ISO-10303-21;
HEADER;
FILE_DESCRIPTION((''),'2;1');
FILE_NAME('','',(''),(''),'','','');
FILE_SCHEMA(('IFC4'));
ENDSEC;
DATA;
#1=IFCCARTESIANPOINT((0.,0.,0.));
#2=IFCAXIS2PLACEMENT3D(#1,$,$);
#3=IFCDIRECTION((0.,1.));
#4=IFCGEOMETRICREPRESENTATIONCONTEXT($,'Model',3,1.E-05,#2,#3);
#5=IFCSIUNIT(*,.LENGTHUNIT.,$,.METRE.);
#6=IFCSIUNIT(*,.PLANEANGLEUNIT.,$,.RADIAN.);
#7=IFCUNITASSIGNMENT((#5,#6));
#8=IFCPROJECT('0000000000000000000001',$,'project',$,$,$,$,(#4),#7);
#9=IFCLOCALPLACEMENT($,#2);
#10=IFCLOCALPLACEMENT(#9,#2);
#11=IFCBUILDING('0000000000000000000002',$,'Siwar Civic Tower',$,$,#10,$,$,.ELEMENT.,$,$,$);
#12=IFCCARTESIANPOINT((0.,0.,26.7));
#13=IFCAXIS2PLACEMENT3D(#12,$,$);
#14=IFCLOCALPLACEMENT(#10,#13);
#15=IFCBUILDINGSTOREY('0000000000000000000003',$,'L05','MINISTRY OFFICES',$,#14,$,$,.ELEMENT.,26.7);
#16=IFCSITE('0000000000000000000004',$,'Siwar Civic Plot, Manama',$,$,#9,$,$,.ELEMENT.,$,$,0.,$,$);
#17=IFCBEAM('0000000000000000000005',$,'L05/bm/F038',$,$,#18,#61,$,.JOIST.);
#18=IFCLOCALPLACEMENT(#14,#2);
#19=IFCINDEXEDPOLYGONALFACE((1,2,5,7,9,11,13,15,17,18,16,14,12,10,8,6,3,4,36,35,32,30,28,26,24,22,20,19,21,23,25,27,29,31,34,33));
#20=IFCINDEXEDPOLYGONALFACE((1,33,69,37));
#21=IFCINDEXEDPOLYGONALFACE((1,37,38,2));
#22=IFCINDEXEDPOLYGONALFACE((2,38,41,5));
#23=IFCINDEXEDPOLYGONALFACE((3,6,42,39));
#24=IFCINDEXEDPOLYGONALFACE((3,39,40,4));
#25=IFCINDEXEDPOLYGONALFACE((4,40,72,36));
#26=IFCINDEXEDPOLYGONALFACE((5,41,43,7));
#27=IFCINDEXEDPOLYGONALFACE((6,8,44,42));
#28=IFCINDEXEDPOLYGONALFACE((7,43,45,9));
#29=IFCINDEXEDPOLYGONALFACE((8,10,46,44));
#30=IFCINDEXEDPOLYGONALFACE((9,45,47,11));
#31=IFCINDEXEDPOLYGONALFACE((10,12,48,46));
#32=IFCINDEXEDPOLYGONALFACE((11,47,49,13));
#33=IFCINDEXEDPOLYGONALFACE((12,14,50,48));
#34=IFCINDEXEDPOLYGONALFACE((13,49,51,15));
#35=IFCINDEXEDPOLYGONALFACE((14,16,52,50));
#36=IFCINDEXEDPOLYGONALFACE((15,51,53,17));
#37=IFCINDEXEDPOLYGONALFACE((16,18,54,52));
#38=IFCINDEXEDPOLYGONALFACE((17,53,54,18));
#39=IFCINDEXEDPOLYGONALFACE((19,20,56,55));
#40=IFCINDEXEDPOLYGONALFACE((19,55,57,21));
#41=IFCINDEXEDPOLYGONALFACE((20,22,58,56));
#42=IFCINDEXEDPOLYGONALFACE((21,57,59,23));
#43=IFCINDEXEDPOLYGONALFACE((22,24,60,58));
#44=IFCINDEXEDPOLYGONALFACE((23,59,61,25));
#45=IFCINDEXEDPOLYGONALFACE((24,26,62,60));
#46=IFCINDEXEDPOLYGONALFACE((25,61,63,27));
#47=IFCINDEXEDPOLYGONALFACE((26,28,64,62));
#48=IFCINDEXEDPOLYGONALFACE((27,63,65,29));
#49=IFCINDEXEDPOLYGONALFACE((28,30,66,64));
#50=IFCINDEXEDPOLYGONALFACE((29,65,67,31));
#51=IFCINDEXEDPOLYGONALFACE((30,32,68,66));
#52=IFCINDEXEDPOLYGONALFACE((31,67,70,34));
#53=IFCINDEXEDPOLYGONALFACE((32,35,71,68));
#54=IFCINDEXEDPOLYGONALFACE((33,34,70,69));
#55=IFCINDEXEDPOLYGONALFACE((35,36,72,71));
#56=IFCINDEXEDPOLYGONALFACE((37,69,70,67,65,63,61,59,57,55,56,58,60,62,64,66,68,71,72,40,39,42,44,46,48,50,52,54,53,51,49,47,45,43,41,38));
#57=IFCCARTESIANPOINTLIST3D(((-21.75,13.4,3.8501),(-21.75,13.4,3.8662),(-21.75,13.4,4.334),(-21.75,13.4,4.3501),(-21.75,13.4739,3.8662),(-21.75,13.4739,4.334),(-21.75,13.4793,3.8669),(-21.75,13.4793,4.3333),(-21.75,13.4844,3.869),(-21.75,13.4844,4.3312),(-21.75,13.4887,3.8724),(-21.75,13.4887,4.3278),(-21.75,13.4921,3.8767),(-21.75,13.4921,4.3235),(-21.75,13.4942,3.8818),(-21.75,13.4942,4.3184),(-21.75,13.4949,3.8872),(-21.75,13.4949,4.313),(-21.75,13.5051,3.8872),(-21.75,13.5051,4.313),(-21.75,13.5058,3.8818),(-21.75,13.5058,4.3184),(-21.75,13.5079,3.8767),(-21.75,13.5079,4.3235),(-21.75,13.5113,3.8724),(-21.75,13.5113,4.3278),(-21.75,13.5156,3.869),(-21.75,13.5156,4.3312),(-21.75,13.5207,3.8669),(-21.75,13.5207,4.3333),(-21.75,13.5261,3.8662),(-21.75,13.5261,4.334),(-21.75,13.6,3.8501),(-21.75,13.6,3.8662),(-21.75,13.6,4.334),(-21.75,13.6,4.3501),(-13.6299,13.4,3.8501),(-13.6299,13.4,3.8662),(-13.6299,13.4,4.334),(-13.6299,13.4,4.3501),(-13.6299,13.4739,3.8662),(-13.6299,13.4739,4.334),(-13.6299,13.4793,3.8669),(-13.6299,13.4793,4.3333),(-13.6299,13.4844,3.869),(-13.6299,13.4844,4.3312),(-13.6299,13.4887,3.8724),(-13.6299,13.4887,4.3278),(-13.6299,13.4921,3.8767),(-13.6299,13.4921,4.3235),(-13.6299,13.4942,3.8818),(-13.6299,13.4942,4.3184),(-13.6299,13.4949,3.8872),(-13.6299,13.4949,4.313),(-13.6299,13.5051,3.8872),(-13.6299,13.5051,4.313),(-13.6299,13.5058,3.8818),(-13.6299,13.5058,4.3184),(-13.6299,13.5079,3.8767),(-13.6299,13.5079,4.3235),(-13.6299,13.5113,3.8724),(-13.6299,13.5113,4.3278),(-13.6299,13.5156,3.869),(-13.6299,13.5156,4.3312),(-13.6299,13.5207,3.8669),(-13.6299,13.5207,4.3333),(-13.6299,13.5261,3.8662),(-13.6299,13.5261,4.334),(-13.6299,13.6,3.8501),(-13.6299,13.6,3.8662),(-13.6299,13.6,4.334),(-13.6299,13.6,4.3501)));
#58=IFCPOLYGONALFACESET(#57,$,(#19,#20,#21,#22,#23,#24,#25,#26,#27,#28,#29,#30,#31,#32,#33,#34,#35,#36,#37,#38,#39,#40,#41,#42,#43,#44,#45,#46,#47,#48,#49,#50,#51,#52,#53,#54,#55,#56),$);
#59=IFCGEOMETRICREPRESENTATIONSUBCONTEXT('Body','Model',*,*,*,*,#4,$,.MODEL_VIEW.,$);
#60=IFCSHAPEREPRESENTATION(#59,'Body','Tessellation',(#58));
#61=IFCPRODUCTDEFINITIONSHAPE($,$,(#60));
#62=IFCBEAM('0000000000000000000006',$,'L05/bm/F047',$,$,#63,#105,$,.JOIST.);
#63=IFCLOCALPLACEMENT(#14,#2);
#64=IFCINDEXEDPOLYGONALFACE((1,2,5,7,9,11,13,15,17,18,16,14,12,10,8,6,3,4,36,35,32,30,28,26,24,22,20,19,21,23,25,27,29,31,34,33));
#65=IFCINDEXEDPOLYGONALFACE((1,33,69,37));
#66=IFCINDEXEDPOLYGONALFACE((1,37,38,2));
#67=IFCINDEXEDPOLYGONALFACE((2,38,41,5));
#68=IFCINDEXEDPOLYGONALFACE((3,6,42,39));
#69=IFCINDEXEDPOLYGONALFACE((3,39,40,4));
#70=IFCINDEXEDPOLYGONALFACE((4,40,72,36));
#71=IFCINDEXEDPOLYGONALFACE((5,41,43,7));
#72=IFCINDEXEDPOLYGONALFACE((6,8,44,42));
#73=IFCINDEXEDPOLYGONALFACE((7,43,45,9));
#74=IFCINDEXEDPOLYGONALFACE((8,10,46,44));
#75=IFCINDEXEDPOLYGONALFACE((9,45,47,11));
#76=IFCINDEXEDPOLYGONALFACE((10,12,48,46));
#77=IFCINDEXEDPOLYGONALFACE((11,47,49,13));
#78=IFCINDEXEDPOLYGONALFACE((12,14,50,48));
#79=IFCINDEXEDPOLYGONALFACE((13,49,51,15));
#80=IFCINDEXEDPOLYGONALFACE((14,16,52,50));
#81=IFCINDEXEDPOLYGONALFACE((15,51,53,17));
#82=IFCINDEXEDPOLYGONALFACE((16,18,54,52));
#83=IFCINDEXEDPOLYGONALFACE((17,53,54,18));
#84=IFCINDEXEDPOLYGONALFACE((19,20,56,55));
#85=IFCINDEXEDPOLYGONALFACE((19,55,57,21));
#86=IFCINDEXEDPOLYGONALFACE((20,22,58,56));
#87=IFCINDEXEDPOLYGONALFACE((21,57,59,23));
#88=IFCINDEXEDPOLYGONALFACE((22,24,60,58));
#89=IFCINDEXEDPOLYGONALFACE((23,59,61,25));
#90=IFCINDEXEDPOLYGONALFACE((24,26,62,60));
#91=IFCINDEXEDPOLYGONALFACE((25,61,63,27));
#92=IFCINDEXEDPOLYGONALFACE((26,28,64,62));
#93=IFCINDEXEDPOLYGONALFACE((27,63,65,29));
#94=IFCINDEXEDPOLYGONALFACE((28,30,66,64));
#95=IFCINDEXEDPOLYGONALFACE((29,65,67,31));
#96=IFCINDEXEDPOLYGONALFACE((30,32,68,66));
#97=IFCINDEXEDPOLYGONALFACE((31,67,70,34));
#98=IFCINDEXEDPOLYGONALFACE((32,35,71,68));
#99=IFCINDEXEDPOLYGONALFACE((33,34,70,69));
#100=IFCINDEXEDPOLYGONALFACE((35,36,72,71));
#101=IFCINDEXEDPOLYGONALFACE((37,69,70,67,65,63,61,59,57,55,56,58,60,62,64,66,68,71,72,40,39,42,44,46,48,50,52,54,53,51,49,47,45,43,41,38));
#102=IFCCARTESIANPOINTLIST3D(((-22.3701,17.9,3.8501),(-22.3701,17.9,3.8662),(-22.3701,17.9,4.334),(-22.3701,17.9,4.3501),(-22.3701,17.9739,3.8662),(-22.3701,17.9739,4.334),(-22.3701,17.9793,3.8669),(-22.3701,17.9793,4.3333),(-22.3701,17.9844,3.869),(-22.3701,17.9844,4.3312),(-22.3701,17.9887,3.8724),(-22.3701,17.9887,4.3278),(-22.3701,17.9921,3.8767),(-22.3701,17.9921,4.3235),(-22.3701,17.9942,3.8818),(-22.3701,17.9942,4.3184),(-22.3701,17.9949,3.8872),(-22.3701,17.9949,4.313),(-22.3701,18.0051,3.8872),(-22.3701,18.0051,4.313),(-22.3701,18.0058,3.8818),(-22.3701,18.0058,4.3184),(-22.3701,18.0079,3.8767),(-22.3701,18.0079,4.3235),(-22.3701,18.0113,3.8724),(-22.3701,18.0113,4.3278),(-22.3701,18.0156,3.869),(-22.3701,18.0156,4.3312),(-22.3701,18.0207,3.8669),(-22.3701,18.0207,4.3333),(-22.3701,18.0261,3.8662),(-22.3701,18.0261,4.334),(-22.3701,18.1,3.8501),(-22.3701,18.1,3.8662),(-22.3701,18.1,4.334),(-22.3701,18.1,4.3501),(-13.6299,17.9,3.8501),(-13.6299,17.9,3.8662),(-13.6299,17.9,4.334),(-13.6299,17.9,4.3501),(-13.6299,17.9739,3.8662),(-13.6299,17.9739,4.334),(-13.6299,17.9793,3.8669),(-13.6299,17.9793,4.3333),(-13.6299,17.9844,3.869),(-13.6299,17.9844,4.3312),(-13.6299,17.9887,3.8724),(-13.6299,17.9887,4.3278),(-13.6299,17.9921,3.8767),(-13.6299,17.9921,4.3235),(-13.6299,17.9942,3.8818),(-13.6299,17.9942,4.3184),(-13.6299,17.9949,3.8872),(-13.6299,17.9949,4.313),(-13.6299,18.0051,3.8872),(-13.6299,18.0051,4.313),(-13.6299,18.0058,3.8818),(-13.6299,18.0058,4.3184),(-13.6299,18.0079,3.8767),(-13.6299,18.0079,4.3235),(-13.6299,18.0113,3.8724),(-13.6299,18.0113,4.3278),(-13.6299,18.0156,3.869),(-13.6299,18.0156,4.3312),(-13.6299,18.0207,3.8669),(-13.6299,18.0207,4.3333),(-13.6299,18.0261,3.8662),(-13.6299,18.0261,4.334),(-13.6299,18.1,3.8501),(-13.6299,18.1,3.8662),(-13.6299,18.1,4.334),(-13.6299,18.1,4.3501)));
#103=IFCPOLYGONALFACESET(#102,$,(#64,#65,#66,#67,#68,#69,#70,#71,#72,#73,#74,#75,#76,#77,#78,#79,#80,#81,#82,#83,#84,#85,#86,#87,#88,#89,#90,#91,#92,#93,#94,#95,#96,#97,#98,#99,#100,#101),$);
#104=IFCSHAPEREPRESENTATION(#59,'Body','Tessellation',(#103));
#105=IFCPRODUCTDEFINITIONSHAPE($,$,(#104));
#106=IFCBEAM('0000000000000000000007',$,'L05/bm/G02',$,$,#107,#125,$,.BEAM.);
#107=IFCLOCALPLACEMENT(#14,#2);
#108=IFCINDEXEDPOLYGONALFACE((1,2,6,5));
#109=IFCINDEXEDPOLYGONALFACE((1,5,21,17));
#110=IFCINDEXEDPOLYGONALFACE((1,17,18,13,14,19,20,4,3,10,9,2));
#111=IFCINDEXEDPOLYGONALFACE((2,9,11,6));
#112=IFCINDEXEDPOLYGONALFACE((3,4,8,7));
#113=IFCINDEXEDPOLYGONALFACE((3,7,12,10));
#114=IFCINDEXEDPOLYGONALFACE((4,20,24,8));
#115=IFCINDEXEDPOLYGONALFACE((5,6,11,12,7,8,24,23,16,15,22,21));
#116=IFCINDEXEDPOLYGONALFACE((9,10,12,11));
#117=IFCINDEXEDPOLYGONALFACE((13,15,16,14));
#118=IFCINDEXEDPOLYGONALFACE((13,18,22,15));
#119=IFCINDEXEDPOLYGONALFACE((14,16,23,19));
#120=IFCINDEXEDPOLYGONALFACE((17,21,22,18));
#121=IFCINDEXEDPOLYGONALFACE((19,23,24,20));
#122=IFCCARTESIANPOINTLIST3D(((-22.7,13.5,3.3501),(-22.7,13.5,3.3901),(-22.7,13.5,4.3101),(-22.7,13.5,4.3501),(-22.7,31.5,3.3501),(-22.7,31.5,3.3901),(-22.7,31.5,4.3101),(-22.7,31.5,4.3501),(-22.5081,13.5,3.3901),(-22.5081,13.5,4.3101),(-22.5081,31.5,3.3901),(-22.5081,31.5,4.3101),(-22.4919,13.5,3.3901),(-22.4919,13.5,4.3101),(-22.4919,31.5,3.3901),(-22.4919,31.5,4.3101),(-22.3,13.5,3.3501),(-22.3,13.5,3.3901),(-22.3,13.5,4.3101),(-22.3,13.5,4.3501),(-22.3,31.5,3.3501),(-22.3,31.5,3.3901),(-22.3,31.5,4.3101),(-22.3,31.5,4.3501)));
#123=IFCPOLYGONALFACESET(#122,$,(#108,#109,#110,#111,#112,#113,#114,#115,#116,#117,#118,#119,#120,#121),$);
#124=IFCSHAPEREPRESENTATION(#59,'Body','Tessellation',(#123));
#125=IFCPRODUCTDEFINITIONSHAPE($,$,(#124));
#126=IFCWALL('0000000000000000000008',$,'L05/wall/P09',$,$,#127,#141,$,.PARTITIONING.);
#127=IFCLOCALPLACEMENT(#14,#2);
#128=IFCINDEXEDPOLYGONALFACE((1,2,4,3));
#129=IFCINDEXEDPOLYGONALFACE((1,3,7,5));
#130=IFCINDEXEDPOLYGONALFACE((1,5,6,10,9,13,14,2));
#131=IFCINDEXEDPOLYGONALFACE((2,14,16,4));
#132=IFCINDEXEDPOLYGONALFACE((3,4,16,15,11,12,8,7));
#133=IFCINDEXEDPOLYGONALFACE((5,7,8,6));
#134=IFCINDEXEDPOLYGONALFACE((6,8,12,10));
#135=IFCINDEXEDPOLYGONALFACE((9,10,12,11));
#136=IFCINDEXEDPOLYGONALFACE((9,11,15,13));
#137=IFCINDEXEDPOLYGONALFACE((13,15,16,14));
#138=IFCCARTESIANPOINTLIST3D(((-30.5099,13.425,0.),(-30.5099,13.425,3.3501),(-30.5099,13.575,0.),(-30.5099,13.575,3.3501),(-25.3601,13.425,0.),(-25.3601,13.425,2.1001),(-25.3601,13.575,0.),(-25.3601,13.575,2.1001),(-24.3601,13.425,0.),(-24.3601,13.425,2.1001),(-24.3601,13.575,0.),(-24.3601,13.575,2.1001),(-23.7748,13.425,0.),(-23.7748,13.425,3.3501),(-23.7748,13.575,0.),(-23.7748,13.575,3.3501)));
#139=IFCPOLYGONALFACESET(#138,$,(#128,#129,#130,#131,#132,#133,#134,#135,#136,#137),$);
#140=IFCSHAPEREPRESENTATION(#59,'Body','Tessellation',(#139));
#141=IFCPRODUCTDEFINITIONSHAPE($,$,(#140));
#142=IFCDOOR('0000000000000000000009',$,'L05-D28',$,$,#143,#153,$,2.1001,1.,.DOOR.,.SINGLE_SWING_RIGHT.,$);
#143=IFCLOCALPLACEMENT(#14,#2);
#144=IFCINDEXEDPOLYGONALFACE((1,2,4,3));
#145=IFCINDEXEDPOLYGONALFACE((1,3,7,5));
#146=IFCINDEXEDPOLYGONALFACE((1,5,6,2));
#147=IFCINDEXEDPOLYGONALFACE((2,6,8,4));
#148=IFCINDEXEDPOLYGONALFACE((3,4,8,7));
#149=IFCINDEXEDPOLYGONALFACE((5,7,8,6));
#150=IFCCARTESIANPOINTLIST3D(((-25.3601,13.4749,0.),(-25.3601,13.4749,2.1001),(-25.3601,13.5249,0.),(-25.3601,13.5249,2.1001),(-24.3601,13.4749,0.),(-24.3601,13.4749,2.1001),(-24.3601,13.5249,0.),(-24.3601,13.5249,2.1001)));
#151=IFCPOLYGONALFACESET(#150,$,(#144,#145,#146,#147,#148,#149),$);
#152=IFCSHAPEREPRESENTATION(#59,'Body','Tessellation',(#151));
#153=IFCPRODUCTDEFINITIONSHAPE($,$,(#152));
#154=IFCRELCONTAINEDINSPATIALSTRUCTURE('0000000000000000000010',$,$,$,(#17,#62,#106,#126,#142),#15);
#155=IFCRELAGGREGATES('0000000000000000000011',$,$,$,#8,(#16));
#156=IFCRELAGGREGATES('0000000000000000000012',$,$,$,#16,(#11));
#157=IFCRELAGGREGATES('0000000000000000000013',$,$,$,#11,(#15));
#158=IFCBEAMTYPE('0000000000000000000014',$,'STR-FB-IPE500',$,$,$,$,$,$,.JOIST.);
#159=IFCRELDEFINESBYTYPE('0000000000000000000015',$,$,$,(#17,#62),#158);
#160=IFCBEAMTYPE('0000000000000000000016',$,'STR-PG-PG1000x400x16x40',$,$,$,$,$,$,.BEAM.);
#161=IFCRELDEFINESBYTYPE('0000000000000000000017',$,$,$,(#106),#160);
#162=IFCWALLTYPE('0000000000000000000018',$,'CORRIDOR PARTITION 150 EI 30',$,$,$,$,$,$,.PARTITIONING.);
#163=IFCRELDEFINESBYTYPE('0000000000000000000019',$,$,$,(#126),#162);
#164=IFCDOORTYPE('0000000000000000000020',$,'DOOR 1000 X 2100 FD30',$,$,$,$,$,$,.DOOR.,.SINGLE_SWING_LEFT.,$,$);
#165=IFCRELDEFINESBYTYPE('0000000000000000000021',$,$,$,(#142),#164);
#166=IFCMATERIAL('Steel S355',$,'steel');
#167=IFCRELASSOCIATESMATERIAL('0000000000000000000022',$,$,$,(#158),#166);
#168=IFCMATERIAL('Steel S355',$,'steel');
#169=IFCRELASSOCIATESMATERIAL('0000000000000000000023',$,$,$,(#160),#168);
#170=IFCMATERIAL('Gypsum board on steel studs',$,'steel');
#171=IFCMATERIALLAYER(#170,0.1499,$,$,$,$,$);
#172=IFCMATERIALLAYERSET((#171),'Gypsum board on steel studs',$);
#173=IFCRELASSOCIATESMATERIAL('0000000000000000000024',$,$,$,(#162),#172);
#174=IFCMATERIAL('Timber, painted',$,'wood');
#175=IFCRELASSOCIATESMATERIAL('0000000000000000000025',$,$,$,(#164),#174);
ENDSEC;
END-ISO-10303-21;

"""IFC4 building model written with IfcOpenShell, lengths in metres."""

from ifc_helpers import new_model, si_unit, direction, frame, frame_2d, origin, origin_2d, place, context, subcontext, project, spatial, rectangle, i_section, extrude, material, layer, layer_set, material_profile, profile_set, type_object, element, fill, save


model = new_model("IFC4")

# Units and contexts
model_context = context("Model", 3, precision=1e-05, world=origin(), true_north=direction((0.0, 1.0)))
body_context = subcontext(model_context, "Body", "Model", "MODEL_VIEW")
ifc_project = project(units=[si_unit("LENGTHUNIT", "METRE"), si_unit("PLANEANGLEUNIT", "RADIAN")], contexts=[model_context])

# Site, building, storey
site_placement = place(None, origin())
site = spatial("IfcSite", under=ifc_project, at=site_placement, Name="Siwar Civic Plot, Manama", CompositionType="ELEMENT", RefElevation=0.0)
building_placement = place(site_placement, origin())
building = spatial("IfcBuilding", under=site, at=building_placement, Name="Siwar Civic Tower", CompositionType="ELEMENT")
storey_placement = place(building_placement, frame((0.0, 0.0, 26.7)))
storey = spatial("IfcBuildingStorey", under=building, at=storey_placement, Name="L05", Description="MINISTRY OFFICES", CompositionType="ELEMENT", Elevation=26.7)

# Beams
ifc_material_1 = material(Name="Steel S355", Category="steel")
ifc_material_profile_1 = material_profile(ifc_material_1, i_section(OverallWidth=0.2, OverallDepth=0.5, WebThickness=0.0103, FlangeThickness=0.0161, FilletRadius=0.021, at=origin_2d()), Name="IPE500")
ifc_profile_set_1 = profile_set([ifc_material_profile_1], Name="Steel S355")
beam_type_1 = type_object("IfcBeamType", Name="STR-FB-IPE500", PredefinedType="JOIST", material=ifc_profile_set_1)
beam_1_placement = place(storey_placement, frame((-21.75, 13.5, 4.1001), z_axis=(1.0, 0.0, 0.0), x_axis=(0.0, 1.0, 0.0)))
element("IfcBeam", 1, at=beam_1_placement, inside=storey, type_object=beam_type_1, Name="L05/bm/F038", PredefinedType="JOIST", context=body_context, shape_type="SweptSolid", body=[
    extrude(i_section(OverallWidth=0.2, OverallDepth=0.5, WebThickness=0.0103, FlangeThickness=0.0161, FilletRadius=0.021, at=origin_2d()), origin(), (0.0, 0.0, 1.0), 8.1201),
])
beam_2_placement = place(storey_placement, frame((-22.3701, 18.0, 4.1001), z_axis=(1.0, 0.0, 0.0), x_axis=(0.0, 1.0, 0.0)))
element("IfcBeam", 2, at=beam_2_placement, inside=storey, type_object=beam_type_1, Name="L05/bm/F047", PredefinedType="JOIST", context=body_context, shape_type="SweptSolid", body=[
    extrude(i_section(OverallWidth=0.2, OverallDepth=0.5, WebThickness=0.0103, FlangeThickness=0.0161, FilletRadius=0.021, at=origin_2d()), origin(), (0.0, 0.0, 1.0), 8.7402),
])
ifc_material_2 = material(Name="Steel S355", Category="steel")
ifc_material_profile_2 = material_profile(ifc_material_2, i_section(OverallWidth=0.3999, OverallDepth=1.0, WebThickness=0.0161, FlangeThickness=0.04, at=origin_2d()), Name="PG1000x400x16x40")
ifc_profile_set_2 = profile_set([ifc_material_profile_2], Name="Steel S355")
beam_type_2 = type_object("IfcBeamType", Name="STR-PG-PG1000x400x16x40", PredefinedType="BEAM", material=ifc_profile_set_2)
beam_3_placement = place(storey_placement, frame((-22.5, 13.5, 3.8501), z_axis=(0.0, 1.0, 0.0), x_axis=(-1.0, 0.0, 0.0)))
element("IfcBeam", 3, at=beam_3_placement, inside=storey, type_object=beam_type_2, Name="L05/bm/G02", PredefinedType="BEAM", context=body_context, shape_type="SweptSolid", body=[
    extrude(i_section(OverallWidth=0.3999, OverallDepth=1.0, WebThickness=0.0161, FlangeThickness=0.04, at=origin_2d()), origin(), (0.0, 0.0, 1.0), 18.0),
])

# Wall, opening, door
ifc_material_3 = material(Name="Gypsum board on steel studs", Category="steel")
ifc_layer_1 = layer(ifc_material_3, 0.1499)
ifc_layer_set_1 = layer_set([ifc_layer_1], Name="Gypsum board on steel studs")
wall_type_1 = type_object("IfcWallType", Name="CORRIDOR PARTITION 150 EI 30", PredefinedType="PARTITIONING", material=ifc_layer_set_1)
wall_1_placement = place(storey_placement, frame((-30.51, 13.5, 0.0), z_axis=(0.0, 0.0, 1.0), x_axis=(1.0, 0.0, 0.0)))
wall_1 = element("IfcWall", 4, at=wall_1_placement, inside=storey, type_object=wall_type_1, Name="L05/wall/P09", PredefinedType="PARTITIONING", context=body_context, shape_type="SweptSolid", body=[
    extrude(rectangle(XDim=6.7351, YDim=0.1499, at=frame_2d((3.3677, 0.0))), origin(), (0.0, 0.0, 1.0), 3.3501),
])
opening_1_placement = place(wall_1_placement, frame((5.1499, 0.0, 0.0)))
opening_1 = element("IfcOpeningElement", 5, at=opening_1_placement, cuts=wall_1, PredefinedType="OPENING", context=body_context, shape_type="SweptSolid", body=[
    extrude(rectangle(XDim=1.0, YDim=2.1001, at=frame_2d((0.5, 1.05))), frame((0.0, 0.085, 0.0), z_axis=(0.0, -1.0, 0.0), x_axis=(1.0, 0.0, 0.0)), (0.0, 0.0, 1.0), 0.1699),
])
ifc_material_4 = material(Name="Timber, painted", Category="wood")
door_type_1 = type_object("IfcDoorType", Name="DOOR 1000 X 2100 FD30", OperationType="SINGLE_SWING_LEFT", PredefinedType="DOOR", material=ifc_material_4)
door_1_placement = place(opening_1_placement, origin())
door_1 = element("IfcDoor", 6, at=door_1_placement, inside=storey, type_object=door_type_1, Name="L05-D28", OperationType="SINGLE_SWING_RIGHT", OverallHeight=2.1001, OverallWidth=1.0, PredefinedType="DOOR", context=body_context, shape_type="SweptSolid", body=[
    extrude(rectangle(XDim=1.0, YDim=2.1001, at=frame_2d((0.5, 1.05))), frame((0.0, 0.0249, 0.0), z_axis=(0.0, -1.0, 0.0), x_axis=(1.0, 0.0, 0.0)), (0.0, 0.0, 1.0), 0.05),
])
fill(opening_1, door_1)

save(model, "model.ifc")
